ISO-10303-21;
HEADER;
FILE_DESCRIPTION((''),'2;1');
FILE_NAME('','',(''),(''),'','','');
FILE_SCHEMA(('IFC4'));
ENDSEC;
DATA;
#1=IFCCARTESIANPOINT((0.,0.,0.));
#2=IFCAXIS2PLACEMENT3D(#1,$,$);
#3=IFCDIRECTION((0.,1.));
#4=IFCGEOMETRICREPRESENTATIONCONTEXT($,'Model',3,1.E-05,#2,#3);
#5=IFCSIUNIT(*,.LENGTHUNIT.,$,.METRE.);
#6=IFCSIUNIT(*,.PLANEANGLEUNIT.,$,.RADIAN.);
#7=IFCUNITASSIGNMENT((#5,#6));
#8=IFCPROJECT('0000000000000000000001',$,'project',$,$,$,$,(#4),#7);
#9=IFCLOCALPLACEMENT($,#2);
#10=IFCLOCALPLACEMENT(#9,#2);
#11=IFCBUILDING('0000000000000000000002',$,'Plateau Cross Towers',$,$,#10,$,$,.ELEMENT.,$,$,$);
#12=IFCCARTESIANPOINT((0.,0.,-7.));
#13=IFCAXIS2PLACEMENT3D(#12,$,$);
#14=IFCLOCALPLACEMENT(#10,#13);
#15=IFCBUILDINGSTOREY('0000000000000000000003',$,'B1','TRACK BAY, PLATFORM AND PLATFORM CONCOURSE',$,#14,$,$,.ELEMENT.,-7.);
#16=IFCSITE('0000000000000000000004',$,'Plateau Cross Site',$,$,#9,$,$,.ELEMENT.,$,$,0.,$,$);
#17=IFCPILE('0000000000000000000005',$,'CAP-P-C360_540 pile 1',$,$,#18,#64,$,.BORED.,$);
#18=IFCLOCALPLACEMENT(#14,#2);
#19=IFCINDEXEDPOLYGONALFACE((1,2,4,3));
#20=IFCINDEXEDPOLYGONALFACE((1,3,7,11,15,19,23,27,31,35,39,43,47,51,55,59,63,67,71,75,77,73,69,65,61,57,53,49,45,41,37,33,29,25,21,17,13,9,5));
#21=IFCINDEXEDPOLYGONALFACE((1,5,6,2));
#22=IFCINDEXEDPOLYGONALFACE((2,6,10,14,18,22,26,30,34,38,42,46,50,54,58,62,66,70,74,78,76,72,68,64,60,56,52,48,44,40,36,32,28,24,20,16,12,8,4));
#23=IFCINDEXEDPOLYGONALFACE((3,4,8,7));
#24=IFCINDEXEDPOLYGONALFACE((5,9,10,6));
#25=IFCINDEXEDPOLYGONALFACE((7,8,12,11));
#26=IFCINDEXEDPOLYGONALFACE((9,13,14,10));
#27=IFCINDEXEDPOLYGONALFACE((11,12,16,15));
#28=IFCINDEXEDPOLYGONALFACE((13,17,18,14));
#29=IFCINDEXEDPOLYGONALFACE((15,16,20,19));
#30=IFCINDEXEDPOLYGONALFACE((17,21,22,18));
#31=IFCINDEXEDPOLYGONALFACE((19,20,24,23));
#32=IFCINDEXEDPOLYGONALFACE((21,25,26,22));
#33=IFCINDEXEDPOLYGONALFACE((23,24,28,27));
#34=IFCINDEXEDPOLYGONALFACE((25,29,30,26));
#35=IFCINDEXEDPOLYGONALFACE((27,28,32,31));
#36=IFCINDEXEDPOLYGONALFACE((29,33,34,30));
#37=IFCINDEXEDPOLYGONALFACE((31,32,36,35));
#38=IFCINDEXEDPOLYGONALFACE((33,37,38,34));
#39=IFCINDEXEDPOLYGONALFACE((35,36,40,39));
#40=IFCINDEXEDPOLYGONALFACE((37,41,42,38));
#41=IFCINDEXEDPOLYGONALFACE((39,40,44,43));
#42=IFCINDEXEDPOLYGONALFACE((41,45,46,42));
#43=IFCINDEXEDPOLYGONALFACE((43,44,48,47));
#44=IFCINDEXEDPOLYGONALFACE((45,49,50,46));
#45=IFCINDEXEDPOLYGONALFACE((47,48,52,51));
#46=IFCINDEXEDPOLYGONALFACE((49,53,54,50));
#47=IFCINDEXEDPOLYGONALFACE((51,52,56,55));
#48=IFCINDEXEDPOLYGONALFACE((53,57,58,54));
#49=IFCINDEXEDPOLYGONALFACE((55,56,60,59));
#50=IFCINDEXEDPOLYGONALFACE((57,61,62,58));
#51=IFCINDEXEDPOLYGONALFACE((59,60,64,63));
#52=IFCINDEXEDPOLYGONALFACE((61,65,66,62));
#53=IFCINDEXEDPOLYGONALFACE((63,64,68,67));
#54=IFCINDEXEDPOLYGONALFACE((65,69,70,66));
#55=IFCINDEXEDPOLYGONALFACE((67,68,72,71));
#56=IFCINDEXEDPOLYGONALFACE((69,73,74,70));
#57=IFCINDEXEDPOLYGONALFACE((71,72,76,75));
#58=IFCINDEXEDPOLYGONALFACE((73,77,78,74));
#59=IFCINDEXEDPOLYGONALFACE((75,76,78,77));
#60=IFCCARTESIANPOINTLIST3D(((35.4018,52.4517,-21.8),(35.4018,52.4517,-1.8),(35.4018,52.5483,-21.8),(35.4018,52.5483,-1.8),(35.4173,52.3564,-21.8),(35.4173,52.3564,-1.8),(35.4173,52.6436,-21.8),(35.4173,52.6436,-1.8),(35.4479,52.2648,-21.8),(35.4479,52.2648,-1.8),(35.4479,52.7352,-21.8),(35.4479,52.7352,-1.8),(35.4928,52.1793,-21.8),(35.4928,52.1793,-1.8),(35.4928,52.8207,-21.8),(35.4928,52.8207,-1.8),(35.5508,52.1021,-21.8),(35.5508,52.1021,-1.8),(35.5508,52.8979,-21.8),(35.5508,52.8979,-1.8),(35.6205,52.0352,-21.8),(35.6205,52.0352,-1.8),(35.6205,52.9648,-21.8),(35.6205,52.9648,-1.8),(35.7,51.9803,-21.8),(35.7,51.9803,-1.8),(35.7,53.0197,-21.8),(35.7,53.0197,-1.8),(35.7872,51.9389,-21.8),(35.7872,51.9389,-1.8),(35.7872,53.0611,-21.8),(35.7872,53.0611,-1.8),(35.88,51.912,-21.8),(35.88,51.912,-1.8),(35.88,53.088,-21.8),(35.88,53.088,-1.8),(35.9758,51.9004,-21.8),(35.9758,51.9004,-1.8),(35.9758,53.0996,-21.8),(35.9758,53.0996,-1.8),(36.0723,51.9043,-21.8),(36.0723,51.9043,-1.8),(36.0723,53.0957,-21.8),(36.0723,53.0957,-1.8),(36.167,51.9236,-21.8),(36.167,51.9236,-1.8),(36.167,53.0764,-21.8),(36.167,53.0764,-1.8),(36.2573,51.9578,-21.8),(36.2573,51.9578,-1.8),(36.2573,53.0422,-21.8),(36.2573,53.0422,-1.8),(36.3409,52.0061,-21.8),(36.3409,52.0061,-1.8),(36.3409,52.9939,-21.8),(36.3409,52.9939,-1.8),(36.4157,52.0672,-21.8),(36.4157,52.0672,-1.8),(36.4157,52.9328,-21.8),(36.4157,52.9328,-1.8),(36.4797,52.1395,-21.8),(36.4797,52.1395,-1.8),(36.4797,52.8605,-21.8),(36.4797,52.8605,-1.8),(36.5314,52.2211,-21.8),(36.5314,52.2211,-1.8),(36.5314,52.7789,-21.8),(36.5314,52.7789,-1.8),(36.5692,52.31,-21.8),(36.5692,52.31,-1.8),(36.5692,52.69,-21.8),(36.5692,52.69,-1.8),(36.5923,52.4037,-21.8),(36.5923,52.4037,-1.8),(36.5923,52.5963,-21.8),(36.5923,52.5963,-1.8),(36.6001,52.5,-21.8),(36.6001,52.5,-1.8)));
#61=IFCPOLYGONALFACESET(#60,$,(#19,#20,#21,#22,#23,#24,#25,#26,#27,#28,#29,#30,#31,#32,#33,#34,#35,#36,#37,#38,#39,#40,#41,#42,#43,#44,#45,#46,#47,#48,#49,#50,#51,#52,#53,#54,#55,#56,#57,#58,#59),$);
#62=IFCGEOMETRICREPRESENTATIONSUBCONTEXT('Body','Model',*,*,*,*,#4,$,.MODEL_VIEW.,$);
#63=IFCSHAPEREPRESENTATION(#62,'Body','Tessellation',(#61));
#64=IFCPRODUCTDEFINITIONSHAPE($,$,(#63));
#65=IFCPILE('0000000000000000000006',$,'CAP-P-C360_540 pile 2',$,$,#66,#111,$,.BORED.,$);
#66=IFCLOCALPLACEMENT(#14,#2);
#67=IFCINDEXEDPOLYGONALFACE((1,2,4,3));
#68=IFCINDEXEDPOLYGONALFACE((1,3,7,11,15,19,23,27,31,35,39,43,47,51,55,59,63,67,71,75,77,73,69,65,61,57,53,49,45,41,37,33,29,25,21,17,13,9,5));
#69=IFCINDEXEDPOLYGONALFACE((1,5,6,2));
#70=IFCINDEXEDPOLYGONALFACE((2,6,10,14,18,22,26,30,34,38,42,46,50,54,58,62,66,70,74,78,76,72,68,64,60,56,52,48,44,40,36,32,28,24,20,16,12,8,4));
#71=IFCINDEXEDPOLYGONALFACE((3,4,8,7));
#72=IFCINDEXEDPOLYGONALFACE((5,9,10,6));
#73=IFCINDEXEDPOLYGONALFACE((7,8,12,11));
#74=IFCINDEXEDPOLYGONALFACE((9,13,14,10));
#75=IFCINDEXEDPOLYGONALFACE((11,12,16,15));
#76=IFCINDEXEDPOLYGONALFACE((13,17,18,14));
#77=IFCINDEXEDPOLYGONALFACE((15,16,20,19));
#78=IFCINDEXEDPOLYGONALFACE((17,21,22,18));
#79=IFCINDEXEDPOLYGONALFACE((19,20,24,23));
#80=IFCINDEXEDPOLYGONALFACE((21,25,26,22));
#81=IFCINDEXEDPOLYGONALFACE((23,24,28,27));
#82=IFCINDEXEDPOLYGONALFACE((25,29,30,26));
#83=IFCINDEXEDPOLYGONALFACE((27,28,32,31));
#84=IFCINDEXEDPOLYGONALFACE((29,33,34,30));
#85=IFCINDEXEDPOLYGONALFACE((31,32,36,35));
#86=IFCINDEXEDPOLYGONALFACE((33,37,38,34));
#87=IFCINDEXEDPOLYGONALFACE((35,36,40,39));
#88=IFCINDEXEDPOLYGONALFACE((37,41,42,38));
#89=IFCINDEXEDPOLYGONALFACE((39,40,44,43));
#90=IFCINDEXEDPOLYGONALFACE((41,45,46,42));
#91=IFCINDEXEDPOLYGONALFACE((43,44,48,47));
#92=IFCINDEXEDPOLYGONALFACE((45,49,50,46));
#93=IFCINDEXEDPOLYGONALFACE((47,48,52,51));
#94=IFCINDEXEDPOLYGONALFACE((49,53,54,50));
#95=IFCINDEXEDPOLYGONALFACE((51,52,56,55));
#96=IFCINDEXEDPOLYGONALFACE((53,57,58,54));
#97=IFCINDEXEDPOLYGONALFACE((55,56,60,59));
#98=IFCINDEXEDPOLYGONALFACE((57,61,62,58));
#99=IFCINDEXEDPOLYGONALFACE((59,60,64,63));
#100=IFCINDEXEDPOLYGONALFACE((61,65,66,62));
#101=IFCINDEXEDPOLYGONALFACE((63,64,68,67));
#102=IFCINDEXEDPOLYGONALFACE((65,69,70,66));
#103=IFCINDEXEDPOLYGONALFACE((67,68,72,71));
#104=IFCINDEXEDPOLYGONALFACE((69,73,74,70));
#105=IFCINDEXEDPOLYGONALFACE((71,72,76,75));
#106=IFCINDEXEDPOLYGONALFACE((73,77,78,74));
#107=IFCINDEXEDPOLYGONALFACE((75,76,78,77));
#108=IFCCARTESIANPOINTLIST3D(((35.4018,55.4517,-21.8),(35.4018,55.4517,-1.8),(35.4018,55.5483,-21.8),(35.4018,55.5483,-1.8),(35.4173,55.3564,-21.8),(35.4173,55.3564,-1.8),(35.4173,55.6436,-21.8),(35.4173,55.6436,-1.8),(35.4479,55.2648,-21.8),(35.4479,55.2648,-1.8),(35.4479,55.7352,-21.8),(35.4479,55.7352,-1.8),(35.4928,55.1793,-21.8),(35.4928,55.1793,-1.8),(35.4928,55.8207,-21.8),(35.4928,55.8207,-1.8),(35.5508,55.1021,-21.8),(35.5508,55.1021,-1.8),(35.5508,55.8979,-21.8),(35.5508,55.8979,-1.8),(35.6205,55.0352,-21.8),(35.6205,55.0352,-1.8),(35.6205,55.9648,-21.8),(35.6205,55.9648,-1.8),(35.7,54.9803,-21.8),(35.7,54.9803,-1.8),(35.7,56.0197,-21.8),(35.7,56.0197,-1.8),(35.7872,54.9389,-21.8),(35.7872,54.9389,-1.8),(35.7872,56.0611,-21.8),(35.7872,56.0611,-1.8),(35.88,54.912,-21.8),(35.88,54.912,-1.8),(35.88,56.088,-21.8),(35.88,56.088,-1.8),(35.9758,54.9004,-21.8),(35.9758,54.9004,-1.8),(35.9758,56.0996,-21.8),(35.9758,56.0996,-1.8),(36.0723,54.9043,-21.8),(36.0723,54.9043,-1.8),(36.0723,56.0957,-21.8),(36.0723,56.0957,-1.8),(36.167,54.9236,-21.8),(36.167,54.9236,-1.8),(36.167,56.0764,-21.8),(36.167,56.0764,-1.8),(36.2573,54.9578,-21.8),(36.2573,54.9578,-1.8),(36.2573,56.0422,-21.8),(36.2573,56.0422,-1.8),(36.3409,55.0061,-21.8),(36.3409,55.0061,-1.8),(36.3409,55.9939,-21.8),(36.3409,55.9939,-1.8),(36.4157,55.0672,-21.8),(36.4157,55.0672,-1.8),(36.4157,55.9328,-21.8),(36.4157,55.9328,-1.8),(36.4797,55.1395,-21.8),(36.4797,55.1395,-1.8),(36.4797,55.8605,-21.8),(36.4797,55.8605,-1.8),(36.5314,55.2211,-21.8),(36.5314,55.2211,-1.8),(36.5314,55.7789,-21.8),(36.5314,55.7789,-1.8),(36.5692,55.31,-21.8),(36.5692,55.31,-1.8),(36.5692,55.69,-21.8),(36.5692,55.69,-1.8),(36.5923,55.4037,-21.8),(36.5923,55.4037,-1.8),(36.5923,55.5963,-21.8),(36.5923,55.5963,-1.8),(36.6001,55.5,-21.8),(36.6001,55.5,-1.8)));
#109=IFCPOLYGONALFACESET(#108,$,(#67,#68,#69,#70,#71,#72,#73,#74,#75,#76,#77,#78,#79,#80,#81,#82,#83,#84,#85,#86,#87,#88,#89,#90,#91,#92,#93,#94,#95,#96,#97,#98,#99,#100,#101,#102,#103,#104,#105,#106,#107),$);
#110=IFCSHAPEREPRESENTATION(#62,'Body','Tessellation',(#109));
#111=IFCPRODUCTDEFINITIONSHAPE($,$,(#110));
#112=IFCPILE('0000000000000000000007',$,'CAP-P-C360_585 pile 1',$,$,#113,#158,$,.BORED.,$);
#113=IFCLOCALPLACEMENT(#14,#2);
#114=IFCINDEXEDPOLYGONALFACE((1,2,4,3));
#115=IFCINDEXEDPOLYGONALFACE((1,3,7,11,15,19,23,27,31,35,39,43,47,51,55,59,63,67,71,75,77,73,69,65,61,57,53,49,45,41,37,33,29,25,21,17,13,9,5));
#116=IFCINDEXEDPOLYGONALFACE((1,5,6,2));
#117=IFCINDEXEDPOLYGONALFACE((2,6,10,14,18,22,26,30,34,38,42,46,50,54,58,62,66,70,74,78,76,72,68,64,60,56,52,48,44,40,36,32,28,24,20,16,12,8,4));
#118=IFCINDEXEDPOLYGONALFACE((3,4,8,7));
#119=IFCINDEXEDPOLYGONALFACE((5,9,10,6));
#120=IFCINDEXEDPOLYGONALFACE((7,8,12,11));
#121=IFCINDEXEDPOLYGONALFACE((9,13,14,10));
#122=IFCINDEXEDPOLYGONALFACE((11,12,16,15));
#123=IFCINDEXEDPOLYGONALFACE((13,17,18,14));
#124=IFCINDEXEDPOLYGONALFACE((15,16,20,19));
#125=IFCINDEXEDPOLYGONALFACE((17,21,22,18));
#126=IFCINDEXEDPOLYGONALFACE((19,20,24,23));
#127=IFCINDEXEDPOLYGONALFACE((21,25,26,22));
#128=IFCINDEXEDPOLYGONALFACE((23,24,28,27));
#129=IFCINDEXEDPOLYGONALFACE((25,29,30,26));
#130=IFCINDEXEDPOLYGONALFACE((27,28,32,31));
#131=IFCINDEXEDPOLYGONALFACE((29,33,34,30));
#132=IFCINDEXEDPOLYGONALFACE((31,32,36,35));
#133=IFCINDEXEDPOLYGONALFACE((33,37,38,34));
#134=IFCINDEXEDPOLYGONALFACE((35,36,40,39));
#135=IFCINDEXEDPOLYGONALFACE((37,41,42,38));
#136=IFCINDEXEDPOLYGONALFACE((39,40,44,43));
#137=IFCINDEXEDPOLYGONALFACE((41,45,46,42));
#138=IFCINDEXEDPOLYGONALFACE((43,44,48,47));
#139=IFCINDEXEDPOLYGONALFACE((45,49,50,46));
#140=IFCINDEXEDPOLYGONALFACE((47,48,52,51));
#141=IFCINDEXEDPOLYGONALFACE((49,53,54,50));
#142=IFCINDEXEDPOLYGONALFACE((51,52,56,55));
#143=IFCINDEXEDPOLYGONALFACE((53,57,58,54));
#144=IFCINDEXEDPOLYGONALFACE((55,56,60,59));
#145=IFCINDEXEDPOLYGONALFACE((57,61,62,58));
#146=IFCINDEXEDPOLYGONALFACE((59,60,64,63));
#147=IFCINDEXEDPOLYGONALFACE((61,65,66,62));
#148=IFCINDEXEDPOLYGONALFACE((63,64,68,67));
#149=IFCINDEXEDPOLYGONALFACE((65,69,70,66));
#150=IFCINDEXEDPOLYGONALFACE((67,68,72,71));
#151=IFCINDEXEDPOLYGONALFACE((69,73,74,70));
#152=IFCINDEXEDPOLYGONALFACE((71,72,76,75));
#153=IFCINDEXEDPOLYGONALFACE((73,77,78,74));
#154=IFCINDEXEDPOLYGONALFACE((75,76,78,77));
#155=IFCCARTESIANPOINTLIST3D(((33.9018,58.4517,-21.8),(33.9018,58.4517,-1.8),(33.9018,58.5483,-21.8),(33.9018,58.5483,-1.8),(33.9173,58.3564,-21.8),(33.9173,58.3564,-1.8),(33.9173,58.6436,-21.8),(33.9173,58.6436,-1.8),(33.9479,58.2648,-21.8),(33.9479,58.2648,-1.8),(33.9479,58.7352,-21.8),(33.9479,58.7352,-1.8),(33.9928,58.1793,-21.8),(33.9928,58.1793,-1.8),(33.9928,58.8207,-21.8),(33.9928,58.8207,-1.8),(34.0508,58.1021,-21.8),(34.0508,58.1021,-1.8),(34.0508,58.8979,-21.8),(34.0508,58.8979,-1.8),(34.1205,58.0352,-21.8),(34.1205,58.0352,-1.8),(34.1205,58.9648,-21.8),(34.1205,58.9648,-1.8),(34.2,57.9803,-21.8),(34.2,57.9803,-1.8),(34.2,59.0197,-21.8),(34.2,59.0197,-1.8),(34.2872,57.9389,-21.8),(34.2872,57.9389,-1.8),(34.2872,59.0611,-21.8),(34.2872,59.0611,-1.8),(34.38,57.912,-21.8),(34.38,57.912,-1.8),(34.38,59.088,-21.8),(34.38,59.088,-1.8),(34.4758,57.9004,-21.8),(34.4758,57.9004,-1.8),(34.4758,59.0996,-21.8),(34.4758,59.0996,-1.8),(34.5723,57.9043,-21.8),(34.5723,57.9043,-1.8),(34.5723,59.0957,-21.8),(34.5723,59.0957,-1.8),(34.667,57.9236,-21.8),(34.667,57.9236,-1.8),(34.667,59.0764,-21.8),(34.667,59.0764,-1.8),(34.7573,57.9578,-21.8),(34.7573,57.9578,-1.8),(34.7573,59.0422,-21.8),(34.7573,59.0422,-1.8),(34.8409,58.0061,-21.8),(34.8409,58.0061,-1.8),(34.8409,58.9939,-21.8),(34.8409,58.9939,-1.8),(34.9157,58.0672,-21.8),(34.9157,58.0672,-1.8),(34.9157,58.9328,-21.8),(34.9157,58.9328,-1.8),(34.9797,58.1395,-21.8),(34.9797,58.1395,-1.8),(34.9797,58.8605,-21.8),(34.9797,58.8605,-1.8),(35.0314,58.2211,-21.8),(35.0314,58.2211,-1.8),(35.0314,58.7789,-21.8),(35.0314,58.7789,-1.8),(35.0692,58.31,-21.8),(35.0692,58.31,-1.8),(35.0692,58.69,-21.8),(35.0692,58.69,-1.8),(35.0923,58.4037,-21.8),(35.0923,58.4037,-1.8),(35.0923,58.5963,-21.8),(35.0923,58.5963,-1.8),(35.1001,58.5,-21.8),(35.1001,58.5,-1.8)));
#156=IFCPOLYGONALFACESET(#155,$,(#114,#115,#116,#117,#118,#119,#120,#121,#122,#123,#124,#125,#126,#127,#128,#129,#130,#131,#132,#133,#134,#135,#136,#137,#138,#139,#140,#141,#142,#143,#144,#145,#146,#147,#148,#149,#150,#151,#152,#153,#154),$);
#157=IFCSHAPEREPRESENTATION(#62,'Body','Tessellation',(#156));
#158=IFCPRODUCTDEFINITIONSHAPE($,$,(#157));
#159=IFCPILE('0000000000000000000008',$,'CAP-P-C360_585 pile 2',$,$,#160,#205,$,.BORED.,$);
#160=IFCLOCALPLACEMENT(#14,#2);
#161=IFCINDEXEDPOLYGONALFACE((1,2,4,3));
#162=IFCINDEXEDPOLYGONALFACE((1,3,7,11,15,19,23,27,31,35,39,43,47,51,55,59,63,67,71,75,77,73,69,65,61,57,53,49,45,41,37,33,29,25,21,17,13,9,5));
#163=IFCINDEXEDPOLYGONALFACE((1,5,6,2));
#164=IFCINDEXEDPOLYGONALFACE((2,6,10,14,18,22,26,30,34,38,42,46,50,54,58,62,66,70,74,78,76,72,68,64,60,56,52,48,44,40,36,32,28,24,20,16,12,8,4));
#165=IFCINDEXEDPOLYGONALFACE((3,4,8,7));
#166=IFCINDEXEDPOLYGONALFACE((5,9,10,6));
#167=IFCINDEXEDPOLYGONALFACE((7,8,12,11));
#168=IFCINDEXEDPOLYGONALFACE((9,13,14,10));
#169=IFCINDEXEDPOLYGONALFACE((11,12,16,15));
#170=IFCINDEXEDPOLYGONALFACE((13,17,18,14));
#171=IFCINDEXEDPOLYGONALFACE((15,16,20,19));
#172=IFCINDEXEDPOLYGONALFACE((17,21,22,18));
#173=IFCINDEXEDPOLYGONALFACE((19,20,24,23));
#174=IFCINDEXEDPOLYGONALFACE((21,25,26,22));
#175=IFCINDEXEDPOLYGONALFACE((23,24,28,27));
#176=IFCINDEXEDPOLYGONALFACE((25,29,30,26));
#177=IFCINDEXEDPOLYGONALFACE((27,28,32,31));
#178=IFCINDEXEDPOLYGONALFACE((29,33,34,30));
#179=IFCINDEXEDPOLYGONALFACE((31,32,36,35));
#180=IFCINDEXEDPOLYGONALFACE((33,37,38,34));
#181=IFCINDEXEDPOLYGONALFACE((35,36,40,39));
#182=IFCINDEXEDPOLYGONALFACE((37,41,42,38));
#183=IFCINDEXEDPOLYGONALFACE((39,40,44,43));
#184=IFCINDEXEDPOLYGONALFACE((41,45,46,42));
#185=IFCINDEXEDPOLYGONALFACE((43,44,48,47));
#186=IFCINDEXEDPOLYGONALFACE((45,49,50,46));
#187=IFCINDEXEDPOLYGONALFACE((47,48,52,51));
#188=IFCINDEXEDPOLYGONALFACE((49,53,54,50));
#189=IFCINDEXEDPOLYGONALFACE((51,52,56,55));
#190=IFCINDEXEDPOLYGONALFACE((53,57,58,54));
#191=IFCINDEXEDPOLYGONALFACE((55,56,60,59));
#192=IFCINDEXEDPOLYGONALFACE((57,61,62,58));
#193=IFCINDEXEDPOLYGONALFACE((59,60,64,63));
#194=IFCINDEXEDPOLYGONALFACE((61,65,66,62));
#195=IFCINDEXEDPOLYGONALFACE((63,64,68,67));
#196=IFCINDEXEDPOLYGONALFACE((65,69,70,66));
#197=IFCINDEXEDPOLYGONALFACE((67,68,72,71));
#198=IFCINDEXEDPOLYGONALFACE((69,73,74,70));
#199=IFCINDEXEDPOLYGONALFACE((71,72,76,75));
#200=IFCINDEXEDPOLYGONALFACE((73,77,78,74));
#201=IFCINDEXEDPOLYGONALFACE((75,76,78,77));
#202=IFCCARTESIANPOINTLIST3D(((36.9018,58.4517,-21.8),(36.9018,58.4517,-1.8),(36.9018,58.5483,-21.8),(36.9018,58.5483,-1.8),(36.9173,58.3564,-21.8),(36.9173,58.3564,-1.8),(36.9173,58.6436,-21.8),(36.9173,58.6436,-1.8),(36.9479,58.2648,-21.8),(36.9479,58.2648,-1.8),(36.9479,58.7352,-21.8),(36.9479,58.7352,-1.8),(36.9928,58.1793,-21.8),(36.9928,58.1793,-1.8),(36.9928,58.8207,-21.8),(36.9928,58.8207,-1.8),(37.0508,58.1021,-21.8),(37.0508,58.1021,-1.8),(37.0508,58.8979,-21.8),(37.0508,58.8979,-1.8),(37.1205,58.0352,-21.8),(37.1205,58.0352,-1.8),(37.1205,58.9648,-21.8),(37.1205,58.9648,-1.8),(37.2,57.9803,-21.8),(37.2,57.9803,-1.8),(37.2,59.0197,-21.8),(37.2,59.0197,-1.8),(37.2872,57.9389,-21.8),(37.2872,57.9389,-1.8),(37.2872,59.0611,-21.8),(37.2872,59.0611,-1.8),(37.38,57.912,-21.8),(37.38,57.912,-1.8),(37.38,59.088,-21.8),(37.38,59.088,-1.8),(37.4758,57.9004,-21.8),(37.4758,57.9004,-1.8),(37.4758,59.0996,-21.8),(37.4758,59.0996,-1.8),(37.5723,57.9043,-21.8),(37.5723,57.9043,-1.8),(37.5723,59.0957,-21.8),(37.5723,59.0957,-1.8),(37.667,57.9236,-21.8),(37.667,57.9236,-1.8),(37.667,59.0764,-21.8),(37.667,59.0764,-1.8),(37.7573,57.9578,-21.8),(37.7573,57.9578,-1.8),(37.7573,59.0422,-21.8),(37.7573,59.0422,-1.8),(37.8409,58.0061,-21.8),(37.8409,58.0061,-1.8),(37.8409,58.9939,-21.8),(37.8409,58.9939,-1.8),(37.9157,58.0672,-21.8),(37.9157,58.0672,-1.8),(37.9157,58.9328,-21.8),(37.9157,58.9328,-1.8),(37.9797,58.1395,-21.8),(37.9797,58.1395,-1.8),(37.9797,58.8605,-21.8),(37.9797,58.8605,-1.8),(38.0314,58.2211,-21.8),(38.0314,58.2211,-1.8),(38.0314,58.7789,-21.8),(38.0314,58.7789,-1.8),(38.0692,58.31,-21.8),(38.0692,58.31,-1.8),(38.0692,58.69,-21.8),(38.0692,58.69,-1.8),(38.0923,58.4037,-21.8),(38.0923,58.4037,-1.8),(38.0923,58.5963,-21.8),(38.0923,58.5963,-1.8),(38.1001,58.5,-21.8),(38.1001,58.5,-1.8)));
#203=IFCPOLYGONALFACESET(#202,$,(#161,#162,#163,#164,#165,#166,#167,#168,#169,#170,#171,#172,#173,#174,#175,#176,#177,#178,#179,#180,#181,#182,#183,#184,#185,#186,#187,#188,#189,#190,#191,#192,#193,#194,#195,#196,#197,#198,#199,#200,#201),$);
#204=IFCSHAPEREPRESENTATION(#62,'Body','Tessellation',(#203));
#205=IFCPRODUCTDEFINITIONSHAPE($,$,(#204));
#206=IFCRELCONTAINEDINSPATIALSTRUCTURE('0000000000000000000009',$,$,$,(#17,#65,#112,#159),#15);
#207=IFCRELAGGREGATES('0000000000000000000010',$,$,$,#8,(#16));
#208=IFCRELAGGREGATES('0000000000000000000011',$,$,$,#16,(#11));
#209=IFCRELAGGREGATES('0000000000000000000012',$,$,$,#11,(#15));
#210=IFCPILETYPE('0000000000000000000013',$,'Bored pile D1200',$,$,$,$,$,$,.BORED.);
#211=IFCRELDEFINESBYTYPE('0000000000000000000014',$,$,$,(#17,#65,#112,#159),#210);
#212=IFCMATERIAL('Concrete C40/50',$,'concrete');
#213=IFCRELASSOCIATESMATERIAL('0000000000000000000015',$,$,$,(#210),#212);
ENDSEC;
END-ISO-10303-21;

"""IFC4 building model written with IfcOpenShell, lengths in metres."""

from ifc_helpers import new_model, si_unit, direction, frame, origin, origin_2d, place, context, subcontext, project, spatial, circle, extrude, material, material_profile, profile_set, type_object, element, save


model = new_model("IFC4")

# Units and contexts
model_context = context("Model", 3, precision=1e-05, world=origin(), true_north=direction((0.0, 1.0)))
body_context = subcontext(model_context, "Body", "Model", "MODEL_VIEW")
ifc_project = project(units=[si_unit("LENGTHUNIT", "METRE"), si_unit("PLANEANGLEUNIT", "RADIAN")], contexts=[model_context])

# Site, building, storey
site_placement = place(None, origin())
site = spatial("IfcSite", under=ifc_project, at=site_placement, Name="Plateau Cross Site", CompositionType="ELEMENT", RefElevation=0.0)
building_placement = place(site_placement, origin())
building = spatial("IfcBuilding", under=site, at=building_placement, Name="Plateau Cross Towers", CompositionType="ELEMENT")
storey_placement = place(building_placement, frame((0.0, 0.0, -7.0)))
storey = spatial("IfcBuildingStorey", under=building, at=storey_placement, Name="B1", Description="TRACK BAY, PLATFORM AND PLATFORM CONCOURSE", CompositionType="ELEMENT", Elevation=-7.0)

# Piles
ifc_material_1 = material(Name="Concrete C40/50", Category="concrete")
ifc_material_profile_1 = material_profile(ifc_material_1, circle(Radius=0.6001, at=origin_2d()), Name="Bored pile D1200")
ifc_profile_set_1 = profile_set([ifc_material_profile_1], Name="Concrete C40/50")
pile_type = type_object("IfcPileType", Name="Bored pile D1200", PredefinedType="BORED", material=ifc_profile_set_1)
for number, where, z_axis, x_axis, name in (
    (1, (36.0, 52.5, -1.8), (0.0, 0.0, -1.0), (1.0, 0.0, 0.0), "CAP-P-C360_540 pile 1"),
    (2, (36.0, 55.5, -1.8), (0.0, 0.0, -1.0), (1.0, 0.0, 0.0), "CAP-P-C360_540 pile 2"),
    (3, (34.5, 58.5, -1.8), (0.0, 0.0, -1.0), (1.0, 0.0, 0.0), "CAP-P-C360_585 pile 1"),
    (4, (37.5, 58.5, -1.8), (0.0, 0.0, -1.0), (1.0, 0.0, 0.0), "CAP-P-C360_585 pile 2"),
):
    element("IfcPile", number, at=place(storey_placement, frame(where, z_axis=z_axis, x_axis=x_axis)), inside=storey, type_object=pile_type, Name=name, PredefinedType="BORED", context=body_context, shape_type="SweptSolid", body=[
        extrude(circle(Radius=0.6001, at=origin_2d()), origin(), (0.0, 0.0, 1.0), 20.0),
    ])

save(model, "model.ifc")
